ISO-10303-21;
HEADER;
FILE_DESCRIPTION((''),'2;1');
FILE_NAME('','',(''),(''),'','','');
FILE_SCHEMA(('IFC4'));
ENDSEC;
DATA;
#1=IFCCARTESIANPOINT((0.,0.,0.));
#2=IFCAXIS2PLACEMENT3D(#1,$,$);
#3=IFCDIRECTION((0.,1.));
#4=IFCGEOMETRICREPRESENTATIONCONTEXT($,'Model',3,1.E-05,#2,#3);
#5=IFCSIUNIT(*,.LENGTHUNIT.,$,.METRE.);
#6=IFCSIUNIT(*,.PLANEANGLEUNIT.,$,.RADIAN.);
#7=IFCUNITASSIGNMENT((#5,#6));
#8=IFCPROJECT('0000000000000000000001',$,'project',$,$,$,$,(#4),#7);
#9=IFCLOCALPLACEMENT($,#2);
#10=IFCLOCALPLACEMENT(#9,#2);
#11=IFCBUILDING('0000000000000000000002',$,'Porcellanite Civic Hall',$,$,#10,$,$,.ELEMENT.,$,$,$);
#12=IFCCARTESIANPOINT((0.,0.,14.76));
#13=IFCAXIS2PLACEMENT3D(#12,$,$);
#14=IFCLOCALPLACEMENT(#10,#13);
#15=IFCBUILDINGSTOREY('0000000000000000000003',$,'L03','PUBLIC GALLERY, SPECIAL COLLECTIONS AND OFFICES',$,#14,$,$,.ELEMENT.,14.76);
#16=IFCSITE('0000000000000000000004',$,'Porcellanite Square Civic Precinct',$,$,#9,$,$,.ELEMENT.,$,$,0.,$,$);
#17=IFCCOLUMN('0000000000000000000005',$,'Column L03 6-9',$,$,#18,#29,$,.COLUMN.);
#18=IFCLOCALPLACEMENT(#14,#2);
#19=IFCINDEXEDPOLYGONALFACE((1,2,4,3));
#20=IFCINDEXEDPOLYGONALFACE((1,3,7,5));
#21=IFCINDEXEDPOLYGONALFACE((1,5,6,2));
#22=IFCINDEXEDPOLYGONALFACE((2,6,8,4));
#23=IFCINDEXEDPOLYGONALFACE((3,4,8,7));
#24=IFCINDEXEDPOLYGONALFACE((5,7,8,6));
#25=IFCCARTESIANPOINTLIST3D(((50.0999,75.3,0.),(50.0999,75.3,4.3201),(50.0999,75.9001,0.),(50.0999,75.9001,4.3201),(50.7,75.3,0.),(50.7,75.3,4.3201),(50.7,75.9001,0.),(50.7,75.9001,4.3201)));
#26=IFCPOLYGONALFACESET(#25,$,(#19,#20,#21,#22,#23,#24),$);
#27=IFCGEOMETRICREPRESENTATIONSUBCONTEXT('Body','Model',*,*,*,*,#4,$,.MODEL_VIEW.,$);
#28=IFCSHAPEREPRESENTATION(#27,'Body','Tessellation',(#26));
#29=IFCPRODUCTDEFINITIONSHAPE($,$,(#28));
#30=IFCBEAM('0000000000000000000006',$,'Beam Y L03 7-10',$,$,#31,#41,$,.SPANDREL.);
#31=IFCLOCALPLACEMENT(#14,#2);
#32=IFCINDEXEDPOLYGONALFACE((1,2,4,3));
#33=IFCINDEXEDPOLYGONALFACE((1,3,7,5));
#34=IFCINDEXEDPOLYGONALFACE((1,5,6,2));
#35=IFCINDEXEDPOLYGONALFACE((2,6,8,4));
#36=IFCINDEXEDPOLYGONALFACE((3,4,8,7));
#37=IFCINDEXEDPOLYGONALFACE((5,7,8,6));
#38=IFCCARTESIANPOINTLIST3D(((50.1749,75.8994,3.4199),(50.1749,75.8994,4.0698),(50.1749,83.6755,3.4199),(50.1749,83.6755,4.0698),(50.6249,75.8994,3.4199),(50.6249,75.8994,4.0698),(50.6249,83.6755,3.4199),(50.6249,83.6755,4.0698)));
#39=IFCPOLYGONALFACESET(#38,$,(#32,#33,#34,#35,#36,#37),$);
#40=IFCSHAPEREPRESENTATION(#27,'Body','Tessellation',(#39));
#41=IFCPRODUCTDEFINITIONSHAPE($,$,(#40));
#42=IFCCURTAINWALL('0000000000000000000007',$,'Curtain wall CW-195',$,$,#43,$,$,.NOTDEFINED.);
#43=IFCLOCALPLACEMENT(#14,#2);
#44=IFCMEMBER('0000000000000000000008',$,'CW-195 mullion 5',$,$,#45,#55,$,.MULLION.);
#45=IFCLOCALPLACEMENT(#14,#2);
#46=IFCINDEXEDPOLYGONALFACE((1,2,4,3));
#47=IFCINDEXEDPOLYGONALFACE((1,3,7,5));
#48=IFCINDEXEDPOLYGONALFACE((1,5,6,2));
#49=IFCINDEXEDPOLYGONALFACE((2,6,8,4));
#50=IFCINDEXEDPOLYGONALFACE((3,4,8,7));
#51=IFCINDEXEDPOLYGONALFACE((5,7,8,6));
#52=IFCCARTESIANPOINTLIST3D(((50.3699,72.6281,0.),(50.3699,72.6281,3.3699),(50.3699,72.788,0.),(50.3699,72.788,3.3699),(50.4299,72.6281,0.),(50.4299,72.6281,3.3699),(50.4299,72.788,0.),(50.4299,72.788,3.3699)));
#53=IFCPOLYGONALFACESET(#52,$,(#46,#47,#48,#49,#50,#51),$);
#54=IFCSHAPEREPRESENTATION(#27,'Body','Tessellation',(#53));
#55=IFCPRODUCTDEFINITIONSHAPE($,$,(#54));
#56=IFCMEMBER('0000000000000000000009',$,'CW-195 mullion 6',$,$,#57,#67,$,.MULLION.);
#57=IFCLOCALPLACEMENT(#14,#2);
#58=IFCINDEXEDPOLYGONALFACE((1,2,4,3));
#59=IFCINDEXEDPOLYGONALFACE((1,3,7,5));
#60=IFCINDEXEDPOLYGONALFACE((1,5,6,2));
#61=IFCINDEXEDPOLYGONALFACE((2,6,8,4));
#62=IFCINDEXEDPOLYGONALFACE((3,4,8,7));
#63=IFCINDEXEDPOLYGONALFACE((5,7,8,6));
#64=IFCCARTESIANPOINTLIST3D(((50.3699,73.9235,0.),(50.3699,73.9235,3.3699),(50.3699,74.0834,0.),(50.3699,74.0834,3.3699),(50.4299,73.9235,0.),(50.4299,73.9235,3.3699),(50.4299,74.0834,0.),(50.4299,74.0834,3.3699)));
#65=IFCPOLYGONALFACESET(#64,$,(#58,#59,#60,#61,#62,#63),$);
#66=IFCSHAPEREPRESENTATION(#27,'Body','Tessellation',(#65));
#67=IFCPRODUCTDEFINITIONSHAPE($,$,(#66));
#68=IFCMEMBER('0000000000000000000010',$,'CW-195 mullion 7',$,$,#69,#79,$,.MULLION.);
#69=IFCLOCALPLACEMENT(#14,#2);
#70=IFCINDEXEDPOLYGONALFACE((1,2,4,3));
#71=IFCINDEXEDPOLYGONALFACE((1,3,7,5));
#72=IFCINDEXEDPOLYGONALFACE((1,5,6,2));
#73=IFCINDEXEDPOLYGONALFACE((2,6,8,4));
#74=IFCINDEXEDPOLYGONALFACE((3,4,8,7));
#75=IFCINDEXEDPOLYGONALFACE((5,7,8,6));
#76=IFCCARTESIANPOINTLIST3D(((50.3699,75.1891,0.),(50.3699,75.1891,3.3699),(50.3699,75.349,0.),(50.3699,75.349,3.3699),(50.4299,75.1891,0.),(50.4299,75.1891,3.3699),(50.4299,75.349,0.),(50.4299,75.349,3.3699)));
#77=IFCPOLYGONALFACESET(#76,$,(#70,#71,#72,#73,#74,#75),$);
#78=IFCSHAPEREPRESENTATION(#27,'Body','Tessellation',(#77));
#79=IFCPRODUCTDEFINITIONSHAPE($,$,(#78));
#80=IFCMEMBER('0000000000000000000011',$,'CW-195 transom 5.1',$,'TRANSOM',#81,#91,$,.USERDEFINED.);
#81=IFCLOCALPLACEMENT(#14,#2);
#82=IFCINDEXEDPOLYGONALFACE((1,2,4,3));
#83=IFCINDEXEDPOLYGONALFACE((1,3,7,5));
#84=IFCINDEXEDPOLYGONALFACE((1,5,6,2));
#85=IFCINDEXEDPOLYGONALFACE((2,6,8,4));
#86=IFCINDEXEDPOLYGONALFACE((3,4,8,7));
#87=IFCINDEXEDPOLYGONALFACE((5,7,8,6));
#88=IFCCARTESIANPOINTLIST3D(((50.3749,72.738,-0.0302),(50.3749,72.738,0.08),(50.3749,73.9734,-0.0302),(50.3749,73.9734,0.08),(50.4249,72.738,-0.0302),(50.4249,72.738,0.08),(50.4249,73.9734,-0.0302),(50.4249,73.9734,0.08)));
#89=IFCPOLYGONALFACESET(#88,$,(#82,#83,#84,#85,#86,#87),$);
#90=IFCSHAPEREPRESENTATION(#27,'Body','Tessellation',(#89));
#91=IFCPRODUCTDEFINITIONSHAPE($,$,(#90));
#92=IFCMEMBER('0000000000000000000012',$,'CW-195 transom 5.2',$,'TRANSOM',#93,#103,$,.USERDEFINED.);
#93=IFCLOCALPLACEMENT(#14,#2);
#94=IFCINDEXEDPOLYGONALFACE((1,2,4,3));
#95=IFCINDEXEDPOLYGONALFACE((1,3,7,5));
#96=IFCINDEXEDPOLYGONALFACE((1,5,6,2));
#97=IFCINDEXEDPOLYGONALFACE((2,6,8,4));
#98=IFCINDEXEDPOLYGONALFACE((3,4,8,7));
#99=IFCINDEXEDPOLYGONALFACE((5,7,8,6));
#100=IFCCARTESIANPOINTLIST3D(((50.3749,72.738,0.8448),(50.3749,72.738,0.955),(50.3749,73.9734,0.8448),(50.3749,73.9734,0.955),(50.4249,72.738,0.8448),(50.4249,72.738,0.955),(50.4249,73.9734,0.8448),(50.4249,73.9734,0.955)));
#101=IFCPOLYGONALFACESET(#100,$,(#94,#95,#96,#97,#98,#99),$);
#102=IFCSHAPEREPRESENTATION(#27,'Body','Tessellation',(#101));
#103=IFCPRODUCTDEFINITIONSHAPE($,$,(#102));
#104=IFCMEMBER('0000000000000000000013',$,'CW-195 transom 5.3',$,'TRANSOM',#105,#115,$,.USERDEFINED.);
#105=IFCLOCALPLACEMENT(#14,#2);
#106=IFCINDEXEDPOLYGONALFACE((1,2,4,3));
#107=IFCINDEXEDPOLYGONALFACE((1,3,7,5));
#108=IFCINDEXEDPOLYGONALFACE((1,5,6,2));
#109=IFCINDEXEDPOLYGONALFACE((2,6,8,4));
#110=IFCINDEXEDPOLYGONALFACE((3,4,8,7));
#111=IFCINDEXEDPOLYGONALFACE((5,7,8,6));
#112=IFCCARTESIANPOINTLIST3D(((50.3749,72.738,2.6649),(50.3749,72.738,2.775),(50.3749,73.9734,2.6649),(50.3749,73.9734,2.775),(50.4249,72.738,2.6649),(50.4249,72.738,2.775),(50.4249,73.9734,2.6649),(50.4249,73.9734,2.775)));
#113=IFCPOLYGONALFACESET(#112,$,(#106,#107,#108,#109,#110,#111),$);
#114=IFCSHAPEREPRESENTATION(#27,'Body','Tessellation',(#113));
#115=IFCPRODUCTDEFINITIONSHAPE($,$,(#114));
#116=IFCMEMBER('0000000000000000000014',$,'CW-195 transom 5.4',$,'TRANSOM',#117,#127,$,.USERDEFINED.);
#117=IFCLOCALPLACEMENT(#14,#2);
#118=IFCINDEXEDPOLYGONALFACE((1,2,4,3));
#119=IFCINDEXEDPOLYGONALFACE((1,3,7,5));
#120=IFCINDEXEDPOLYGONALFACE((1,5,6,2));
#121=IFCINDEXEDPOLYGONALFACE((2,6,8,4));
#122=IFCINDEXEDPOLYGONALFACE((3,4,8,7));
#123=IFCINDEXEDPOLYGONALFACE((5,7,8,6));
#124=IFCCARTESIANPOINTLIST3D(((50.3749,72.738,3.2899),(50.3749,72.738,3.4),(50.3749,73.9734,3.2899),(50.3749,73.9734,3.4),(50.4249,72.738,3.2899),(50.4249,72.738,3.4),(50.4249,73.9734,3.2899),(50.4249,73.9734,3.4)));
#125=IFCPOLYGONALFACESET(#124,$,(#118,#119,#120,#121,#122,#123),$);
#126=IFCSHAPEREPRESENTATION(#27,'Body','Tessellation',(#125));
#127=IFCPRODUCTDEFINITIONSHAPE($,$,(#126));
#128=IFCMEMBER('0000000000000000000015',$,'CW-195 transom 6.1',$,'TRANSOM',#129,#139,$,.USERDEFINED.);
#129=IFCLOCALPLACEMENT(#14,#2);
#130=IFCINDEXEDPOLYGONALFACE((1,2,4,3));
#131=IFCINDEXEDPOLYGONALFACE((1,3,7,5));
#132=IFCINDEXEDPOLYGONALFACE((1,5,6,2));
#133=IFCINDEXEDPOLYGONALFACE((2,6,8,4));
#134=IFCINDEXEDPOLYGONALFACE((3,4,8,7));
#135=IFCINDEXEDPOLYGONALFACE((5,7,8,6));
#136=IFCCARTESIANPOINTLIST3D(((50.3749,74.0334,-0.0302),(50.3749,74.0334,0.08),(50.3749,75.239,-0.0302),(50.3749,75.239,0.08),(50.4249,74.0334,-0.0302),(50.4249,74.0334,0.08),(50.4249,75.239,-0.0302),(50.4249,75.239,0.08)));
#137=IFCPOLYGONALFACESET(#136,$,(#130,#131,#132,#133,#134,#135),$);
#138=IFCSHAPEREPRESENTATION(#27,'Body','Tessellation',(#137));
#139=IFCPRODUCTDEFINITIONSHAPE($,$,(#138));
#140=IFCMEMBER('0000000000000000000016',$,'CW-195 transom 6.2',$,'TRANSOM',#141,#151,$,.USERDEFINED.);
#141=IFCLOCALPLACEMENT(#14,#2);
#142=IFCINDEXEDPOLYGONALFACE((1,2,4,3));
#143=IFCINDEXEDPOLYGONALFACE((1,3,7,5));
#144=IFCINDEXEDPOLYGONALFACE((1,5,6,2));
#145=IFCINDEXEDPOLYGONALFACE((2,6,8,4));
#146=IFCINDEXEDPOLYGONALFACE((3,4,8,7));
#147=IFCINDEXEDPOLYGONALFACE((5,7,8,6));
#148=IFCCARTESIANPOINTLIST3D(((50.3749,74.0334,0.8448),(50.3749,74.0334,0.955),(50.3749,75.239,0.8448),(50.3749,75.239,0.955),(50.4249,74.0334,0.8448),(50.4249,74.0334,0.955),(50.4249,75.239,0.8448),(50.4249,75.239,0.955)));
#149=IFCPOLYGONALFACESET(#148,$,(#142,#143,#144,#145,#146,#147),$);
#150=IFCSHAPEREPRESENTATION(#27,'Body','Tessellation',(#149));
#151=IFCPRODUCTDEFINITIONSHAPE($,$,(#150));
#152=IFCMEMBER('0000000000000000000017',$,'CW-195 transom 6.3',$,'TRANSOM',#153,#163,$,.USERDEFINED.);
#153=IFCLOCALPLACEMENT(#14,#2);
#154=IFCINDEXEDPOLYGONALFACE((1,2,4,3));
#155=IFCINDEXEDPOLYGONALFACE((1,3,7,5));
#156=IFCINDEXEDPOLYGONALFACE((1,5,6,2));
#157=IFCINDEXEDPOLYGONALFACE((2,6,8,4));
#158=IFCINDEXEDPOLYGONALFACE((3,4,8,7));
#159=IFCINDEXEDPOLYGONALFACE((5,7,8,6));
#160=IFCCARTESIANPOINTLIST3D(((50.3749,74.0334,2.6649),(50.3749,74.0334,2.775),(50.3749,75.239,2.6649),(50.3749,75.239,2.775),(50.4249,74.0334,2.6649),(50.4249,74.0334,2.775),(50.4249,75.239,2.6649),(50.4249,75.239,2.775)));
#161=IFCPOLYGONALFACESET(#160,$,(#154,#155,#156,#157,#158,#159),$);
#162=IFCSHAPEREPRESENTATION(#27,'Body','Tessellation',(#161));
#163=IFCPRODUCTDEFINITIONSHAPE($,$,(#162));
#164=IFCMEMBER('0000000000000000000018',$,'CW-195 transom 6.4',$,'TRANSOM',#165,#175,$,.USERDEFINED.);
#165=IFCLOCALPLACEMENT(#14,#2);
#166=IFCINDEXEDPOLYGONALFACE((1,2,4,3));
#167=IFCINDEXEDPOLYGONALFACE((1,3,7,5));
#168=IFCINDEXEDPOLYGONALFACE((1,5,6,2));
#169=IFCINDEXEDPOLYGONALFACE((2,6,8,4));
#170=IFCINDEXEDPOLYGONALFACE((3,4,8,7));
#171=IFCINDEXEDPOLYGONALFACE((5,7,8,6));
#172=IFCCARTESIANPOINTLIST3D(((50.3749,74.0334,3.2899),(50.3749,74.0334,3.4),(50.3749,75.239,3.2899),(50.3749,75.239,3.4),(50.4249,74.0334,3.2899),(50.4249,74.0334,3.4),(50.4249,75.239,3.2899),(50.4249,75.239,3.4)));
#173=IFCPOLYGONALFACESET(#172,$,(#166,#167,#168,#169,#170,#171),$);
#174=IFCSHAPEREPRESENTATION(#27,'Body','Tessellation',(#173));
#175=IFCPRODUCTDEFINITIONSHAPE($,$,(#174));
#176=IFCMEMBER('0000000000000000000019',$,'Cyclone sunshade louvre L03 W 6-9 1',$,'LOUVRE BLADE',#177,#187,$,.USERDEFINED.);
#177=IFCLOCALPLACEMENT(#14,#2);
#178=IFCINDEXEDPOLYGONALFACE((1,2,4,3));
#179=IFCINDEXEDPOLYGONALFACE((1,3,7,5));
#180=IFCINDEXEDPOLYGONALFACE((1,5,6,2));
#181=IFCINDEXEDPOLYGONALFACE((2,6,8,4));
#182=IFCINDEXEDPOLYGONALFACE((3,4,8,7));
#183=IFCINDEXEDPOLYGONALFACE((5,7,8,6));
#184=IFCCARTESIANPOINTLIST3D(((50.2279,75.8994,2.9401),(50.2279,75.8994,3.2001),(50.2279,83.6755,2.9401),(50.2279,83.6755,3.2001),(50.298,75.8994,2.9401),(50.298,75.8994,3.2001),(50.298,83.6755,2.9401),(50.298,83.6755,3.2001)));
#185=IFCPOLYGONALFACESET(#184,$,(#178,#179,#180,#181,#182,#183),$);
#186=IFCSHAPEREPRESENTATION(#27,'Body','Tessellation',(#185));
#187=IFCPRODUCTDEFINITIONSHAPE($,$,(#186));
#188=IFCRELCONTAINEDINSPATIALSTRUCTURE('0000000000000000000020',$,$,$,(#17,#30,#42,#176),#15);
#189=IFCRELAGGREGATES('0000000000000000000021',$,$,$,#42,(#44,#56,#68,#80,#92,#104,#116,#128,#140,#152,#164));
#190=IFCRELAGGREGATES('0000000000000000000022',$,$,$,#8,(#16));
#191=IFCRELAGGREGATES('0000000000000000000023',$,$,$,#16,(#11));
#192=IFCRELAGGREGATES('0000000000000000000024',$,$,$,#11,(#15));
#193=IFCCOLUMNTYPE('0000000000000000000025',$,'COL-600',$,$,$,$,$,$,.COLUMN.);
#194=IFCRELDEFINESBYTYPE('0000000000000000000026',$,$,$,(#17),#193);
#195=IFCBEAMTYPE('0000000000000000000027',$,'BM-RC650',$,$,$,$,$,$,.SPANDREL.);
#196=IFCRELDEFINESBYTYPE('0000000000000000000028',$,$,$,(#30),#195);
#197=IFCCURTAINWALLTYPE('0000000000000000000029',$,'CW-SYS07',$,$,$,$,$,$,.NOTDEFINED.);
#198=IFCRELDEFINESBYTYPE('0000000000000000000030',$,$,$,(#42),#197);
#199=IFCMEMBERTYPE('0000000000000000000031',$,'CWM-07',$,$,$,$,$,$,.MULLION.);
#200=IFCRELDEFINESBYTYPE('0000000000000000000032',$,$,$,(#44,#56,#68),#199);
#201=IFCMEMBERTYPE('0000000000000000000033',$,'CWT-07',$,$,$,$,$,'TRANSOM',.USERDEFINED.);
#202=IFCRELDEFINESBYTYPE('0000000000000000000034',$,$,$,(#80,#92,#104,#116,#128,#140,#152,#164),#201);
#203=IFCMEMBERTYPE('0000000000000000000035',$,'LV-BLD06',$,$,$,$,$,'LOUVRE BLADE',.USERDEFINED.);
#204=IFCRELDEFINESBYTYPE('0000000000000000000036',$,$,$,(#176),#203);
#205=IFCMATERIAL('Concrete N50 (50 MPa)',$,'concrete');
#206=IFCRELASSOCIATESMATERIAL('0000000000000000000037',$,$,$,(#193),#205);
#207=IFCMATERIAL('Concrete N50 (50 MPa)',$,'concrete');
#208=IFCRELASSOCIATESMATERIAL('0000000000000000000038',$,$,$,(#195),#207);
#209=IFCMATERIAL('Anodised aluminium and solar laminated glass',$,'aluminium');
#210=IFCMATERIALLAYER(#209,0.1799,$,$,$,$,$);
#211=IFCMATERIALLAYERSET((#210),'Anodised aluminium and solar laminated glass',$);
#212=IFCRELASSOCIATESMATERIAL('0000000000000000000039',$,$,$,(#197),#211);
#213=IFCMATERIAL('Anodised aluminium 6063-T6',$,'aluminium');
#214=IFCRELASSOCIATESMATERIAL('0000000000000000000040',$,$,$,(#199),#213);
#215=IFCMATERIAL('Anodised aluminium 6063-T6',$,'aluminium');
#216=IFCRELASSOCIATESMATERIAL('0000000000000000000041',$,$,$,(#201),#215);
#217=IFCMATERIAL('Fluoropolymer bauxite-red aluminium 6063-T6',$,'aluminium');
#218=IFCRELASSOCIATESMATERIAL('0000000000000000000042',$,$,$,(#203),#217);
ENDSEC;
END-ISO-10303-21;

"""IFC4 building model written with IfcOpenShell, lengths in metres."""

from ifc_helpers import new_model, si_unit, direction, frame, origin, origin_2d, place, context, subcontext, project, spatial, rectangle, extrude, material, layer, layer_set, material_profile, profile_set, type_object, element, aggregate, save


model = new_model("IFC4")

# Units and contexts
model_context = context("Model", 3, precision=1e-05, world=origin(), true_north=direction((0.0, 1.0)))
body_context = subcontext(model_context, "Body", "Model", "MODEL_VIEW")
ifc_project = project(units=[si_unit("LENGTHUNIT", "METRE"), si_unit("PLANEANGLEUNIT", "RADIAN")], contexts=[model_context])

# Site, building, storey
site_placement = place(None, origin())
site = spatial("IfcSite", under=ifc_project, at=site_placement, Name="Porcellanite Square Civic Precinct", CompositionType="ELEMENT", RefElevation=0.0)
building_placement = place(site_placement, origin())
building = spatial("IfcBuilding", under=site, at=building_placement, Name="Porcellanite Civic Hall", CompositionType="ELEMENT")
storey_placement = place(building_placement, frame((0.0, 0.0, 14.76)))
storey = spatial("IfcBuildingStorey", under=building, at=storey_placement, Name="L03", Description="PUBLIC GALLERY, SPECIAL COLLECTIONS AND OFFICES", CompositionType="ELEMENT", Elevation=14.76)

# Column
ifc_material_1 = material(Name="Concrete N50 (50 MPa)", Category="concrete")
ifc_material_profile_1 = material_profile(ifc_material_1, rectangle(XDim=0.6001, YDim=0.6001, at=origin_2d()), Name="RC-600x600")
ifc_profile_set_1 = profile_set([ifc_material_profile_1], Name="Concrete N50 (50 MPa)")
column_type = type_object("IfcColumnType", Name="COL-600", PredefinedType="COLUMN", material=ifc_profile_set_1)
column_placement = place(storey_placement, frame((50.3999, 75.6001, 0.0), z_axis=(0.0, 0.0, 1.0), x_axis=(1.0, 0.0, 0.0)))
element("IfcColumn", 1, at=column_placement, inside=storey, type_object=column_type, Name="Column L03 6-9", PredefinedType="COLUMN", context=body_context, shape_type="SweptSolid", body=[
    extrude(rectangle(XDim=0.6001, YDim=0.6001, at=origin_2d()), origin(), (0.0, 0.0, 1.0), 4.3201),
])

# Beam
ifc_material_2 = material(Name="Concrete N50 (50 MPa)", Category="concrete")
ifc_material_profile_2 = material_profile(ifc_material_2, rectangle(XDim=0.45, YDim=0.6499, at=origin_2d()), Name="RC-450x650")
ifc_profile_set_2 = profile_set([ifc_material_profile_2], Name="Concrete N50 (50 MPa)")
beam_type = type_object("IfcBeamType", Name="BM-RC650", PredefinedType="SPANDREL", material=ifc_profile_set_2)
beam_placement = place(storey_placement, frame((50.3999, 75.8994, 3.7449), z_axis=(0.0, 1.0, 0.0), x_axis=(-1.0, 0.0, 0.0)))
element("IfcBeam", 2, at=beam_placement, inside=storey, type_object=beam_type, Name="Beam Y L03 7-10", PredefinedType="SPANDREL", context=body_context, shape_type="SweptSolid", body=[
    extrude(rectangle(XDim=0.45, YDim=0.6499, at=origin_2d()), origin(), (0.0, 0.0, 1.0), 7.7761),
])

# Curtain wall, members
ifc_material_3 = material(Name="Anodised aluminium and solar laminated glass", Category="aluminium")
ifc_layer_1 = layer(ifc_material_3, 0.1799)
ifc_layer_set_1 = layer_set([ifc_layer_1], Name="Anodised aluminium and solar laminated glass")
curtain_wall_type = type_object("IfcCurtainWallType", Name="CW-SYS07", PredefinedType="NOTDEFINED", material=ifc_layer_set_1)
curtain_wall_placement = place(storey_placement, origin())
curtain_wall = element("IfcCurtainWall", 3, at=curtain_wall_placement, inside=storey, type_object=curtain_wall_type, Name="Curtain wall CW-195", PredefinedType="NOTDEFINED")
ifc_material_4 = material(Name="Anodised aluminium 6063-T6", Category="aluminium")
ifc_material_profile_3 = material_profile(ifc_material_4, rectangle(XDim=0.0601, YDim=0.1599, at=origin_2d()), Name="AL-60x160")
ifc_profile_set_3 = profile_set([ifc_material_profile_3], Name="Anodised aluminium 6063-T6")
member_type_1 = type_object("IfcMemberType", Name="CWM-07", PredefinedType="MULLION", material=ifc_profile_set_3)
member_1_placement = place(storey_placement, frame((50.3999, 72.708, 0.0), z_axis=(0.0, 0.0, 1.0), x_axis=(-1.0, 0.0, 0.0)))
member_1 = element("IfcMember", 4, at=member_1_placement, type_object=member_type_1, Name="CW-195 mullion 5", PredefinedType="MULLION", context=body_context, shape_type="SweptSolid", body=[
    extrude(rectangle(XDim=0.0601, YDim=0.1599, at=origin_2d()), origin(), (0.0, 0.0, 1.0), 3.3699),
])
member_2_placement = place(storey_placement, frame((50.3999, 74.0034, 0.0), z_axis=(0.0, 0.0, 1.0), x_axis=(-1.0, 0.0, 0.0)))
member_2 = element("IfcMember", 5, at=member_2_placement, type_object=member_type_1, Name="CW-195 mullion 6", PredefinedType="MULLION", context=body_context, shape_type="SweptSolid", body=[
    extrude(rectangle(XDim=0.0601, YDim=0.1599, at=origin_2d()), origin(), (0.0, 0.0, 1.0), 3.3699),
])
member_3_placement = place(storey_placement, frame((50.3999, 75.269, 0.0), z_axis=(0.0, 0.0, 1.0), x_axis=(-1.0, 0.0, 0.0)))
member_3 = element("IfcMember", 6, at=member_3_placement, type_object=member_type_1, Name="CW-195 mullion 7", PredefinedType="MULLION", context=body_context, shape_type="SweptSolid", body=[
    extrude(rectangle(XDim=0.0601, YDim=0.1599, at=origin_2d()), origin(), (0.0, 0.0, 1.0), 3.3699),
])
ifc_material_5 = material(Name="Anodised aluminium 6063-T6", Category="aluminium")
ifc_material_profile_4 = material_profile(ifc_material_5, rectangle(XDim=0.05, YDim=0.1101, at=origin_2d()), Name="AL-50x110")
ifc_profile_set_4 = profile_set([ifc_material_profile_4], Name="Anodised aluminium 6063-T6")
member_type_2 = type_object("IfcMemberType", Name="CWT-07", ElementType="TRANSOM", PredefinedType="USERDEFINED", material=ifc_profile_set_4)
member_4_placement = place(storey_placement, frame((50.3999, 72.738, 0.0249), z_axis=(0.0, 1.0, 0.0), x_axis=(-1.0, 0.0, 0.0)))
member_4 = element("IfcMember", 7, at=member_4_placement, type_object=member_type_2, Name="CW-195 transom 5.1", ObjectType="TRANSOM", PredefinedType="USERDEFINED", context=body_context, shape_type="SweptSolid", body=[
    extrude(rectangle(XDim=0.05, YDim=0.1101, at=origin_2d()), origin(), (0.0, 0.0, 1.0), 1.2354),
])
member_5_placement = place(storey_placement, frame((50.3999, 72.738, 0.8999), z_axis=(0.0, 1.0, 0.0), x_axis=(-1.0, 0.0, 0.0)))
member_5 = element("IfcMember", 8, at=member_5_placement, type_object=member_type_2, Name="CW-195 transom 5.2", ObjectType="TRANSOM", PredefinedType="USERDEFINED", context=body_context, shape_type="SweptSolid", body=[
    extrude(rectangle(XDim=0.05, YDim=0.1101, at=origin_2d()), origin(), (0.0, 0.0, 1.0), 1.2354),
])
member_6_placement = place(storey_placement, frame((50.3999, 72.738, 2.72), z_axis=(0.0, 1.0, 0.0), x_axis=(-1.0, 0.0, 0.0)))
member_6 = element("IfcMember", 9, at=member_6_placement, type_object=member_type_2, Name="CW-195 transom 5.3", ObjectType="TRANSOM", PredefinedType="USERDEFINED", context=body_context, shape_type="SweptSolid", body=[
    extrude(rectangle(XDim=0.05, YDim=0.1101, at=origin_2d()), origin(), (0.0, 0.0, 1.0), 1.2354),
])
member_7_placement = place(storey_placement, frame((50.3999, 72.738, 3.345), z_axis=(0.0, 1.0, 0.0), x_axis=(-1.0, 0.0, 0.0)))
member_7 = element("IfcMember", 10, at=member_7_placement, type_object=member_type_2, Name="CW-195 transom 5.4", ObjectType="TRANSOM", PredefinedType="USERDEFINED", context=body_context, shape_type="SweptSolid", body=[
    extrude(rectangle(XDim=0.05, YDim=0.1101, at=origin_2d()), origin(), (0.0, 0.0, 1.0), 1.2354),
])
member_8_placement = place(storey_placement, frame((50.3999, 74.0334, 0.0249), z_axis=(0.0, 1.0, 0.0), x_axis=(-1.0, 0.0, 0.0)))
member_8 = element("IfcMember", 11, at=member_8_placement, type_object=member_type_2, Name="CW-195 transom 6.1", ObjectType="TRANSOM", PredefinedType="USERDEFINED", context=body_context, shape_type="SweptSolid", body=[
    extrude(rectangle(XDim=0.05, YDim=0.1101, at=origin_2d()), origin(), (0.0, 0.0, 1.0), 1.2056),
])
member_9_placement = place(storey_placement, frame((50.3999, 74.0334, 0.8999), z_axis=(0.0, 1.0, 0.0), x_axis=(-1.0, 0.0, 0.0)))
member_9 = element("IfcMember", 12, at=member_9_placement, type_object=member_type_2, Name="CW-195 transom 6.2", ObjectType="TRANSOM", PredefinedType="USERDEFINED", context=body_context, shape_type="SweptSolid", body=[
    extrude(rectangle(XDim=0.05, YDim=0.1101, at=origin_2d()), origin(), (0.0, 0.0, 1.0), 1.2056),
])
member_10_placement = place(storey_placement, frame((50.3999, 74.0334, 2.72), z_axis=(0.0, 1.0, 0.0), x_axis=(-1.0, 0.0, 0.0)))
member_10 = element("IfcMember", 13, at=member_10_placement, type_object=member_type_2, Name="CW-195 transom 6.3", ObjectType="TRANSOM", PredefinedType="USERDEFINED", context=body_context, shape_type="SweptSolid", body=[
    extrude(rectangle(XDim=0.05, YDim=0.1101, at=origin_2d()), origin(), (0.0, 0.0, 1.0), 1.2056),
])
member_11_placement = place(storey_placement, frame((50.3999, 74.0334, 3.345), z_axis=(0.0, 1.0, 0.0), x_axis=(-1.0, 0.0, 0.0)))
member_11 = element("IfcMember", 14, at=member_11_placement, type_object=member_type_2, Name="CW-195 transom 6.4", ObjectType="TRANSOM", PredefinedType="USERDEFINED", context=body_context, shape_type="SweptSolid", body=[
    extrude(rectangle(XDim=0.05, YDim=0.1101, at=origin_2d()), origin(), (0.0, 0.0, 1.0), 1.2056),
])

# Member
ifc_material_6 = material(Name="Fluoropolymer bauxite-red aluminium 6063-T6", Category="aluminium")
ifc_material_profile_5 = material_profile(ifc_material_6, rectangle(XDim=0.0701, YDim=0.26, at=origin_2d()), Name="AL-70x260")
ifc_profile_set_5 = profile_set([ifc_material_profile_5], Name="Fluoropolymer bauxite-red aluminium 6063-T6")
member_type_3 = type_object("IfcMemberType", Name="LV-BLD06", ElementType="LOUVRE BLADE", PredefinedType="USERDEFINED", material=ifc_profile_set_5)
for number, where, z_axis, x_axis, name in (
    (15, (50.2629, 75.8994, 3.0701), (0.0, 1.0, 0.0), (-1.0, 0.0, 0.0), "Cyclone sunshade louvre L03 W 6-9 1"),
):
    element("IfcMember", number, at=place(storey_placement, frame(where, z_axis=z_axis, x_axis=x_axis)), inside=storey, type_object=member_type_3, Name=name, ObjectType="LOUVRE BLADE", PredefinedType="USERDEFINED", context=body_context, shape_type="SweptSolid", body=[
        extrude(rectangle(XDim=0.0701, YDim=0.26, at=origin_2d()), origin(), (0.0, 0.0, 1.0), 7.7761),
    ])

aggregate(curtain_wall, [member_1, member_2, member_3, member_4, member_5, member_6, member_7, member_8, member_9, member_10, member_11])

save(model, "model.ifc")
